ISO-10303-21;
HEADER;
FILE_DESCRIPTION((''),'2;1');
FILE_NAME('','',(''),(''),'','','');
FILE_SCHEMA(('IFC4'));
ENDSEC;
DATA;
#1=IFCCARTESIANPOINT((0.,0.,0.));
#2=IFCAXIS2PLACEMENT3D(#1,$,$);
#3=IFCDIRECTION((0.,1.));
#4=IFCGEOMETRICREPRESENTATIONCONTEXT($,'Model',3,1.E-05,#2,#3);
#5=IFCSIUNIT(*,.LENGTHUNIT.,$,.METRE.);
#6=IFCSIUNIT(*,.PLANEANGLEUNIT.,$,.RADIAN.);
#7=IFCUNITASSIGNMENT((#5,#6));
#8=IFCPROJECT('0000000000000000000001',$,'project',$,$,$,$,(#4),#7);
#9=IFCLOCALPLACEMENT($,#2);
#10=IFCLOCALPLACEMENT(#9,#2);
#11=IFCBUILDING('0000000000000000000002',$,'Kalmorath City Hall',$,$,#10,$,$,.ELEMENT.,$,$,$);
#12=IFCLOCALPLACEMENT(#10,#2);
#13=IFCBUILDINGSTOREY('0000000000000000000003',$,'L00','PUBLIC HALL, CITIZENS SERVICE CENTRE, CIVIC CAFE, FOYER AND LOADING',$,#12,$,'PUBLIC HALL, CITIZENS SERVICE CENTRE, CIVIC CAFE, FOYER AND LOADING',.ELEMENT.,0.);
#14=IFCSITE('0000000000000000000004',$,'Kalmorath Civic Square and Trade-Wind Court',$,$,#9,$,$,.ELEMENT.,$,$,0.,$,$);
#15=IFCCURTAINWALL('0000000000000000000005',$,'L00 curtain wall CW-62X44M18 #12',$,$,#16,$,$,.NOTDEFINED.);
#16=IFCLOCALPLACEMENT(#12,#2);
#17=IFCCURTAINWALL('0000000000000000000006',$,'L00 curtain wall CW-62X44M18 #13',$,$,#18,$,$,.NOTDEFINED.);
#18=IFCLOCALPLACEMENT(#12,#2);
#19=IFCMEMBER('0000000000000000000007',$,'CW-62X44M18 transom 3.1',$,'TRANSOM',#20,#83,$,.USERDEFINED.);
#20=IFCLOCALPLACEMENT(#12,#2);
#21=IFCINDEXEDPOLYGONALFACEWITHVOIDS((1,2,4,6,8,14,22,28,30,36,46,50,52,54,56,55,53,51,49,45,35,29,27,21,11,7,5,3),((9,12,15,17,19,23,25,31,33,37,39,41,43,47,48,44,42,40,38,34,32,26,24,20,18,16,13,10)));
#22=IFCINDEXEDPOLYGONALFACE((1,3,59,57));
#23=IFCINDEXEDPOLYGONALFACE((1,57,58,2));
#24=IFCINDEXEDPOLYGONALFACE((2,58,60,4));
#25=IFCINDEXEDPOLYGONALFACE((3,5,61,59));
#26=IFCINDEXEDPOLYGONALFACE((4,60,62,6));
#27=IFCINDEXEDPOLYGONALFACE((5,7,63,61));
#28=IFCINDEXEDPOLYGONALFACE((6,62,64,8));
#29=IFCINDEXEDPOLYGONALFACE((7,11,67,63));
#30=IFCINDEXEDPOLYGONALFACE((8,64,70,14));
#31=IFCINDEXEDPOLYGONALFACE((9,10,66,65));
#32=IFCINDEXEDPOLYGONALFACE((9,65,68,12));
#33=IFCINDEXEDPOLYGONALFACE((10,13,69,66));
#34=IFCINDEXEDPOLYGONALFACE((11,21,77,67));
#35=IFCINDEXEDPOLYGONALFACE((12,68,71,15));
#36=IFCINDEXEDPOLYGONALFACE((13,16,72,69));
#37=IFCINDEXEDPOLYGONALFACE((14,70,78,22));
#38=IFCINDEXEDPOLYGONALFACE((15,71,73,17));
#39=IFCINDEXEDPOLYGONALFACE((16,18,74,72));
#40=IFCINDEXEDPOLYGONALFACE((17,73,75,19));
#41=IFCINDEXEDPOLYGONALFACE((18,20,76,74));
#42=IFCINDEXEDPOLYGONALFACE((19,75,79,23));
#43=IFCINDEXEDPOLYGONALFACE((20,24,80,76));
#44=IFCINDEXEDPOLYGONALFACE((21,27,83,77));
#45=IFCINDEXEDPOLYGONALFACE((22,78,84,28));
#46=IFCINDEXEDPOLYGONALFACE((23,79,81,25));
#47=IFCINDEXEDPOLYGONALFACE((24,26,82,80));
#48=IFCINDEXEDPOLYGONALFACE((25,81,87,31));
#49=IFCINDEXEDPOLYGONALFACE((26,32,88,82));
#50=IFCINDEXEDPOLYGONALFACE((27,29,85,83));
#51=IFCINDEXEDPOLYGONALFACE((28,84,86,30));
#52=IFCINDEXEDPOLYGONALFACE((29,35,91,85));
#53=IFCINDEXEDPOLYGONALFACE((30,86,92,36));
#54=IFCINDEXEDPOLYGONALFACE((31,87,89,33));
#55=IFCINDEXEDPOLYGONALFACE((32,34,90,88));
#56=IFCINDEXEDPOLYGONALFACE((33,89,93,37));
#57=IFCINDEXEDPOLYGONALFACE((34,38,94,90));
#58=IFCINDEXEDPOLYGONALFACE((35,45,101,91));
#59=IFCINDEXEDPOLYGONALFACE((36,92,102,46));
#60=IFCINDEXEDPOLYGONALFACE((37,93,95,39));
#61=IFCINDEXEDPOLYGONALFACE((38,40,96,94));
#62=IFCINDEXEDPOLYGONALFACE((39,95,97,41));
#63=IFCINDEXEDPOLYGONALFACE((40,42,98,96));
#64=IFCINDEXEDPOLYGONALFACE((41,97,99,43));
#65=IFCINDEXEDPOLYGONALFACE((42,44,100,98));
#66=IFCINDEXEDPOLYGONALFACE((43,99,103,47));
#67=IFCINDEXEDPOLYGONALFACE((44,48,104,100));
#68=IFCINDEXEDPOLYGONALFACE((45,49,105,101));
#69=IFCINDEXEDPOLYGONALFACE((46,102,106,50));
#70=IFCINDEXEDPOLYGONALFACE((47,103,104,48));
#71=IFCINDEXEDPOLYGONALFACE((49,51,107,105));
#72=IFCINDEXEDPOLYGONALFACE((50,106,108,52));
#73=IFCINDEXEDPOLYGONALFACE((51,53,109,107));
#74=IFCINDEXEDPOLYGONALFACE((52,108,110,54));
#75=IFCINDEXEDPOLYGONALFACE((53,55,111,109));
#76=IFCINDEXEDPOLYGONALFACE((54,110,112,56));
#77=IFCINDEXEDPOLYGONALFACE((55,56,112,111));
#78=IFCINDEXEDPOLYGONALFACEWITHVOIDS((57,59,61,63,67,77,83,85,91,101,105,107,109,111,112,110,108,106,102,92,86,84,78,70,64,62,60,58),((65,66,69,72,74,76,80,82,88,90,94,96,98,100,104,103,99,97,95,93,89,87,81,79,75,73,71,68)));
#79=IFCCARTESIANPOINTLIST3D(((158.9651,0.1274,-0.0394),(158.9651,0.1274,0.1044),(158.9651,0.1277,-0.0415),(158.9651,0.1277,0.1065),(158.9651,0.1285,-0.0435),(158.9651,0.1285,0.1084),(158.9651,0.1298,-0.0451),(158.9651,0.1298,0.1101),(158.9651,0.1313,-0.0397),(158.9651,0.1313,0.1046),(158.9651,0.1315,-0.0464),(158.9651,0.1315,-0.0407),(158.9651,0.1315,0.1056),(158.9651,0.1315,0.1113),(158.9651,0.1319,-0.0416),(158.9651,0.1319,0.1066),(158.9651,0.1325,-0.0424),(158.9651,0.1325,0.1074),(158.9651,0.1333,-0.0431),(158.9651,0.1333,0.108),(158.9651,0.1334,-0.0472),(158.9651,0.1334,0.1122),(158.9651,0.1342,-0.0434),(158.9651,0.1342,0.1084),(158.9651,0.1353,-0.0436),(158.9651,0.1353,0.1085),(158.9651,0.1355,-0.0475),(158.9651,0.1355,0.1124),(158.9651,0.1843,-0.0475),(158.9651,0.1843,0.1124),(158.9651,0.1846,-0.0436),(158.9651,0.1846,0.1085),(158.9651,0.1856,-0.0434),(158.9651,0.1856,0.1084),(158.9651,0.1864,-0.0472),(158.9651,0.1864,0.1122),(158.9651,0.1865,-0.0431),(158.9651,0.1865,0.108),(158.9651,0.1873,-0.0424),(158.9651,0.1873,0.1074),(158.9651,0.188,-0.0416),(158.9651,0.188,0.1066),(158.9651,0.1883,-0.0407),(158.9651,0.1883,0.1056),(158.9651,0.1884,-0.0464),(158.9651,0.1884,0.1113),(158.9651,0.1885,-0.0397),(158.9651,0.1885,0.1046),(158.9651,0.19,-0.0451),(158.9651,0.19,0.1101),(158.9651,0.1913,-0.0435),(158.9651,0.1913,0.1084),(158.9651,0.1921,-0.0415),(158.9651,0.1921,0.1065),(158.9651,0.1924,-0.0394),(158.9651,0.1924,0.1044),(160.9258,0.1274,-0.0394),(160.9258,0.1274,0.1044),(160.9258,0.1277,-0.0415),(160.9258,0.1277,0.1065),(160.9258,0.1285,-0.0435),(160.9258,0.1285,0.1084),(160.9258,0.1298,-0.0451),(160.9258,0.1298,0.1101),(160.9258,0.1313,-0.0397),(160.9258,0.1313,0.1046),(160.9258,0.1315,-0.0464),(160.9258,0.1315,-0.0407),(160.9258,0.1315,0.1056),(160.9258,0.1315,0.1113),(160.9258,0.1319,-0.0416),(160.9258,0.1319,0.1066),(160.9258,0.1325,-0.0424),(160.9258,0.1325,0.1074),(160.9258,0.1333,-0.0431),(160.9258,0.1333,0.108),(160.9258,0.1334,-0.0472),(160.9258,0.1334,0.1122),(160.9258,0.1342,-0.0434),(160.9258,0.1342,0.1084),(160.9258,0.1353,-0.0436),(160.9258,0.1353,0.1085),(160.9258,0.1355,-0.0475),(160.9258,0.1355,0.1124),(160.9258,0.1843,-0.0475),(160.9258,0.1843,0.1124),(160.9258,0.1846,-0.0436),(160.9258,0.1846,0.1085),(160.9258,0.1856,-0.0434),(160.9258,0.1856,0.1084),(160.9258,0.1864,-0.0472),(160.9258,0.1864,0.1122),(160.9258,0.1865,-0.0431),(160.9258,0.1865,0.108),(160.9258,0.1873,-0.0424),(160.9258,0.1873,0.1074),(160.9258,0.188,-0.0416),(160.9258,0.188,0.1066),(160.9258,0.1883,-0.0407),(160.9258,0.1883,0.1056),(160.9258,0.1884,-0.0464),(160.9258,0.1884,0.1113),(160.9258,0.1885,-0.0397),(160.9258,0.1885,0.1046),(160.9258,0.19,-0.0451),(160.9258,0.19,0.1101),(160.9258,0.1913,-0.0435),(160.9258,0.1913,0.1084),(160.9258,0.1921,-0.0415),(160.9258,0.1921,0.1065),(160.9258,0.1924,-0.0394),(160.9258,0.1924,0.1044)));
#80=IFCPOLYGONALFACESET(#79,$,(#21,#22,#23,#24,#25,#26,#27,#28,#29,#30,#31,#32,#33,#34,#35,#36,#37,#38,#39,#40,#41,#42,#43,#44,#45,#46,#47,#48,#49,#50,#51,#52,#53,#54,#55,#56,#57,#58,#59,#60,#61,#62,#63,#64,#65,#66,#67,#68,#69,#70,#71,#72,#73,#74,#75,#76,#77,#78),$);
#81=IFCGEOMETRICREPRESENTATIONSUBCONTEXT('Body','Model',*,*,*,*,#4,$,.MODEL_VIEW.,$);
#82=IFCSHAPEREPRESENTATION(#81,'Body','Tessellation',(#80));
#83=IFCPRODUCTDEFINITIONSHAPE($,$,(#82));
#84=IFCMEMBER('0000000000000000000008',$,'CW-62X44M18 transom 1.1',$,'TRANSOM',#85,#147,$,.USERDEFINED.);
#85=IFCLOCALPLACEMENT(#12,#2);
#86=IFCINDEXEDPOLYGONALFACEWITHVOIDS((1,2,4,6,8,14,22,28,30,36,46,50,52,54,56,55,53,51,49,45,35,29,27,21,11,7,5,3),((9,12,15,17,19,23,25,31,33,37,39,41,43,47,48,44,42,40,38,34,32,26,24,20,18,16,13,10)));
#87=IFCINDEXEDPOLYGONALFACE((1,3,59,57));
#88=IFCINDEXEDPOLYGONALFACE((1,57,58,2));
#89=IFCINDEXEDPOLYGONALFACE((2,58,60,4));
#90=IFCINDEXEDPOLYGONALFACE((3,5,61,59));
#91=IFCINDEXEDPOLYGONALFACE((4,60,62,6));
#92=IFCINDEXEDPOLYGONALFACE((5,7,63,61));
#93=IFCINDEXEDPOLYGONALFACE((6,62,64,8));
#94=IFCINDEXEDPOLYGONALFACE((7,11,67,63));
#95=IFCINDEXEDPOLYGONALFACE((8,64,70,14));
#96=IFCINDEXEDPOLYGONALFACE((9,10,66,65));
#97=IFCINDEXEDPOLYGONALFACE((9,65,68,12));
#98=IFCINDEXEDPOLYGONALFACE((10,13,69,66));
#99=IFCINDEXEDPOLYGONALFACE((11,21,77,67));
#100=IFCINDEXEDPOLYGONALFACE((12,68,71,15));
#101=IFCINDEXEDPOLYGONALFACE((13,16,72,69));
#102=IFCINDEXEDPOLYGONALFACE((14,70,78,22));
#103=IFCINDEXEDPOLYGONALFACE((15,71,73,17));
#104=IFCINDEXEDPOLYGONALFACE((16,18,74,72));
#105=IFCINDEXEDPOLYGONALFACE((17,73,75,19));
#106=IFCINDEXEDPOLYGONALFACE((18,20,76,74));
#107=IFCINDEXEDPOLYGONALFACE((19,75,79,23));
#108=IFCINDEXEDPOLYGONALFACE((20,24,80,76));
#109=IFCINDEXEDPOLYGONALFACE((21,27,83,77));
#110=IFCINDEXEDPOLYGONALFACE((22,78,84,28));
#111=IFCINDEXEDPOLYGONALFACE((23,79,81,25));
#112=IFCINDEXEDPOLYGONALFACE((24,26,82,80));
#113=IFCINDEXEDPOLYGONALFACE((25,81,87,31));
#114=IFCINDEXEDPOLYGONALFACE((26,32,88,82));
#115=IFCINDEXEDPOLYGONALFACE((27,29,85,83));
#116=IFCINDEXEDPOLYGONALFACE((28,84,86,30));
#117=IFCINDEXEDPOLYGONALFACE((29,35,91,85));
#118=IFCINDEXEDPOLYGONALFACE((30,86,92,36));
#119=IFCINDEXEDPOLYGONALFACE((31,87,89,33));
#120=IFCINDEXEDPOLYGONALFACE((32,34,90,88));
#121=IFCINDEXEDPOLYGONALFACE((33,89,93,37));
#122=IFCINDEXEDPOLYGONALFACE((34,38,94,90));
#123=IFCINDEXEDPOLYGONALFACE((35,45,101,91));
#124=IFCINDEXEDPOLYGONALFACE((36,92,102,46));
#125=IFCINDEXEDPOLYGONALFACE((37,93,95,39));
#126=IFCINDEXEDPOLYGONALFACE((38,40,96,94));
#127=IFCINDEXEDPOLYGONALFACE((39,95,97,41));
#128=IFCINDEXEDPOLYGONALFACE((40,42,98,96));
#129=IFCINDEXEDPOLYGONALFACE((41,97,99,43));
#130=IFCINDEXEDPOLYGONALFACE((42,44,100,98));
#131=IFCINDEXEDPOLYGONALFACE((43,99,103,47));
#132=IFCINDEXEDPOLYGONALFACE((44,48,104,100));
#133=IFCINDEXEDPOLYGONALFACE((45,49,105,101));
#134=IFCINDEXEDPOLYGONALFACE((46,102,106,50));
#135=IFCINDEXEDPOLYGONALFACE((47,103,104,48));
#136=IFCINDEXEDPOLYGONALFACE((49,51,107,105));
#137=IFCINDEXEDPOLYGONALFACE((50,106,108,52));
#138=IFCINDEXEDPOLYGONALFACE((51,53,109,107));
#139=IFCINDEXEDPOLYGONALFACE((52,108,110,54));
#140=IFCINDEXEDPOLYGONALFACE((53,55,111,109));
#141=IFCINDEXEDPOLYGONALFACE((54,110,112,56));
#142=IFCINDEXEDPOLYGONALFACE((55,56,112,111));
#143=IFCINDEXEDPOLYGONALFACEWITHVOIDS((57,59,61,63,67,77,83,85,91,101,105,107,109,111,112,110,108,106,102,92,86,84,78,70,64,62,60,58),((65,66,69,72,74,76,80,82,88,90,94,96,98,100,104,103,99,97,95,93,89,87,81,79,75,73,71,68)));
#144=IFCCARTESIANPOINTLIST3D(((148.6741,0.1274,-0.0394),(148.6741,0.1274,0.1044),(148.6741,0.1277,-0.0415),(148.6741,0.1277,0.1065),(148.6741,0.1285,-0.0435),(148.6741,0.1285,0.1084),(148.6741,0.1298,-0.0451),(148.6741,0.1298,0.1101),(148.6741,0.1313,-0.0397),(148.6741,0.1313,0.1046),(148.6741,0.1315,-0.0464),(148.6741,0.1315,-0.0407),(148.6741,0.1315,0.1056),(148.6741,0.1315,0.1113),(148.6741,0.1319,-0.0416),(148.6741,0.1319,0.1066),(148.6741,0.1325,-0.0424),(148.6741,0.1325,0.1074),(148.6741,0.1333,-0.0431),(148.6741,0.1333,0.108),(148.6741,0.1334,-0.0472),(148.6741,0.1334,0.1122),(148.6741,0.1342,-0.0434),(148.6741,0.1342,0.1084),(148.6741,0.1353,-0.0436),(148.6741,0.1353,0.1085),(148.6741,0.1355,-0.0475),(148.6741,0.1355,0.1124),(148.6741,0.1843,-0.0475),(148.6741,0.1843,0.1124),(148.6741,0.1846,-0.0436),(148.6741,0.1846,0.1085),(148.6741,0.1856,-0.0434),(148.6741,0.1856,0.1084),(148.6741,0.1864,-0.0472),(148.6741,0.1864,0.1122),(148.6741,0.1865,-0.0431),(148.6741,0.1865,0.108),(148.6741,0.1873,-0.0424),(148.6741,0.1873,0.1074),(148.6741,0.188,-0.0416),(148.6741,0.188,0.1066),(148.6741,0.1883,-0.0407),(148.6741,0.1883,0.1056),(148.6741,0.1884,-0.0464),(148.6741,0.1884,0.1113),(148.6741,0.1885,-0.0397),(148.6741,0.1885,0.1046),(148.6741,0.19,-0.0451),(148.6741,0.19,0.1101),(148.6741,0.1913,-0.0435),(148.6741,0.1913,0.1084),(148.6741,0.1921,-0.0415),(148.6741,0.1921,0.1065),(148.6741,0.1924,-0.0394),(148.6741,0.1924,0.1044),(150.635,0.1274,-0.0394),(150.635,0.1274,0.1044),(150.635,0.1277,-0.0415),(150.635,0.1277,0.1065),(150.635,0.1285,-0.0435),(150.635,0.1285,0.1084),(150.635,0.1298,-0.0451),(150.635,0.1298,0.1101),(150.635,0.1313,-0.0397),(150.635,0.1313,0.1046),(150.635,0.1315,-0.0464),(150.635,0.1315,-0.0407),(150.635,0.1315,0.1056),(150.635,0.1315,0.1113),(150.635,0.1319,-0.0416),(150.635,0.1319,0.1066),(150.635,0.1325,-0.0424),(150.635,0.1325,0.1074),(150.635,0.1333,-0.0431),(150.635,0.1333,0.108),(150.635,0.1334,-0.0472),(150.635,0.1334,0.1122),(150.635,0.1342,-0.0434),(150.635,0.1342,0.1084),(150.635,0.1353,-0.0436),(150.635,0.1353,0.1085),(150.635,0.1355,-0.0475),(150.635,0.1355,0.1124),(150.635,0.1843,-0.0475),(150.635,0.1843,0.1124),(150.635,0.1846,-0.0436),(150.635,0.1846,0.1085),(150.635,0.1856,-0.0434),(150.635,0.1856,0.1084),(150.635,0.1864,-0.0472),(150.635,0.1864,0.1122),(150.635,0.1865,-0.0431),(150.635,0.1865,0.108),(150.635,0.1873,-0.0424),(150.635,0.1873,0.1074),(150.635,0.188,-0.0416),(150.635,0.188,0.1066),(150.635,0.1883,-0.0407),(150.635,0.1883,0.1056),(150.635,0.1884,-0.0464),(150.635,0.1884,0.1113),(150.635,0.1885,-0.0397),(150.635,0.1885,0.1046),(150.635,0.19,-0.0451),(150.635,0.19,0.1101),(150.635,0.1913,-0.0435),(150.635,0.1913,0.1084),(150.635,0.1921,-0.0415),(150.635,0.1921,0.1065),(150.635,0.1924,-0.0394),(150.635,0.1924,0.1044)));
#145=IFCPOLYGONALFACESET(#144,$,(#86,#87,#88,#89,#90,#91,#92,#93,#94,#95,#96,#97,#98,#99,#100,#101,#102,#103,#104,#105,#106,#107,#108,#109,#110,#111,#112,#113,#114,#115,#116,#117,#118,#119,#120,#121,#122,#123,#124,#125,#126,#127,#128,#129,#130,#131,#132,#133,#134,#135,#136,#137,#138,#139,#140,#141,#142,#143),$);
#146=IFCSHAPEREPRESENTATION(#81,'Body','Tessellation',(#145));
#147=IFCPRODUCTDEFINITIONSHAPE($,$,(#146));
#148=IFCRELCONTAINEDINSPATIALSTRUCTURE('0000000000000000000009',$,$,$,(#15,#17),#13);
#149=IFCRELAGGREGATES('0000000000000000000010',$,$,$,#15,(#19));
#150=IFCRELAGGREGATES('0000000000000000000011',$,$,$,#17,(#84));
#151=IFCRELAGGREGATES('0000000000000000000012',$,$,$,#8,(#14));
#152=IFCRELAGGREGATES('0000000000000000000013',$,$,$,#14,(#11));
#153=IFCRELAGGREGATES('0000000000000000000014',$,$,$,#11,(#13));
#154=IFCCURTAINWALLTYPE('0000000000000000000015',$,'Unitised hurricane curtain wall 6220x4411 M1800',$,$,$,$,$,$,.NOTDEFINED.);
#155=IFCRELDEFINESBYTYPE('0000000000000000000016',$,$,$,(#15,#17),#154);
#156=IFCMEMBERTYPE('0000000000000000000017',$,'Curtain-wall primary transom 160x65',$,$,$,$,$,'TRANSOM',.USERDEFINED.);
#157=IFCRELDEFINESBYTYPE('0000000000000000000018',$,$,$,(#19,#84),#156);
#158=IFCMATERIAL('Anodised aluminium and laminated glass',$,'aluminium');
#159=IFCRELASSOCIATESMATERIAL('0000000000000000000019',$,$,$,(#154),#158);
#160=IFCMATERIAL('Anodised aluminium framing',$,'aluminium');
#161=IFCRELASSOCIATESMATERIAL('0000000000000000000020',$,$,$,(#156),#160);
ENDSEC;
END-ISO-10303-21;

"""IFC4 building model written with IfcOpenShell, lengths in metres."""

from ifc_helpers import new_model, si_unit, direction, frame, origin, origin_2d, place, context, subcontext, project, spatial, hollow_rectangle, extrude, material, material_profile, profile_set, type_object, element, aggregate, save


model = new_model("IFC4")

# Units and contexts
model_context = context("Model", 3, precision=1e-05, world=origin(), true_north=direction((0.0, 1.0)))
body_context = subcontext(model_context, "Body", "Model", "MODEL_VIEW")
ifc_project = project(units=[si_unit("LENGTHUNIT", "METRE"), si_unit("PLANEANGLEUNIT", "RADIAN")], contexts=[model_context])

# Site, building, storey
site_placement = place(None, origin())
site = spatial("IfcSite", under=ifc_project, at=site_placement, Name="Kalmorath Civic Square and Trade-Wind Court", CompositionType="ELEMENT", RefElevation=0.0)
building_placement = place(site_placement, origin())
building = spatial("IfcBuilding", under=site, at=building_placement, Name="Kalmorath City Hall", CompositionType="ELEMENT")
storey_placement = place(building_placement, origin())
storey = spatial("IfcBuildingStorey", under=building, at=storey_placement, Name="L00", Description="PUBLIC HALL, CITIZENS SERVICE CENTRE, CIVIC CAFE, FOYER AND LOADING", LongName="PUBLIC HALL, CITIZENS SERVICE CENTRE, CIVIC CAFE, FOYER AND LOADING", CompositionType="ELEMENT", Elevation=0.0)

# Curtain wall
ifc_material_1 = material(Name="Anodised aluminium and laminated glass", Category="aluminium")
curtain_wall_type = type_object("IfcCurtainWallType", Name="Unitised hurricane curtain wall 6220x4411 M1800", PredefinedType="NOTDEFINED", material=ifc_material_1)
curtain_wall_1_placement = place(storey_placement, origin())
curtain_wall_1 = element("IfcCurtainWall", 1, at=curtain_wall_1_placement, inside=storey, type_object=curtain_wall_type, Name="L00 curtain wall CW-62X44M18 #12", PredefinedType="NOTDEFINED")

# Curtain wall
curtain_wall_2_placement = place(storey_placement, origin())
curtain_wall_2 = element("IfcCurtainWall", 2, at=curtain_wall_2_placement, inside=storey, type_object=curtain_wall_type, Name="L00 curtain wall CW-62X44M18 #13", PredefinedType="NOTDEFINED")

# Members
ifc_material_2 = material(Name="Anodised aluminium framing", Category="aluminium")
ifc_material_profile_1 = material_profile(ifc_material_2, hollow_rectangle(XDim=0.0649, YDim=0.1599, WallThickness=0.0039, InnerFilletRadius=0.0039, OuterFilletRadius=0.0081, at=origin_2d()), Name="ALU-TRN-160X65X4")
ifc_profile_set_1 = profile_set([ifc_material_profile_1], Name="Anodised aluminium framing")
member_type_1 = type_object("IfcMemberType", Name="Curtain-wall primary transom 160x65", ElementType="TRANSOM", PredefinedType="USERDEFINED", material=ifc_profile_set_1)
member_1_placement = place(storey_placement, frame((160.9258, 0.1599, 0.0325), z_axis=(-1.0, 0.0, 0.0), x_axis=(0.0, -1.0, 0.0)))
member_1 = element("IfcMember", 3, at=member_1_placement, type_object=member_type_1, Name="CW-62X44M18 transom 3.1", ObjectType="TRANSOM", PredefinedType="USERDEFINED", context=body_context, shape_type="SweptSolid", body=[
    extrude(hollow_rectangle(XDim=0.0649, YDim=0.1599, WallThickness=0.0039, InnerFilletRadius=0.0039, OuterFilletRadius=0.0081, at=origin_2d()), origin(), (0.0, 0.0, 1.0), 1.9607),
])
member_2_placement = place(storey_placement, frame((150.635, 0.1599, 0.0325), z_axis=(-1.0, 0.0, 0.0), x_axis=(0.0, -1.0, 0.0)))
member_2 = element("IfcMember", 4, at=member_2_placement, type_object=member_type_1, Name="CW-62X44M18 transom 1.1", ObjectType="TRANSOM", PredefinedType="USERDEFINED", context=body_context, shape_type="SweptSolid", body=[
    extrude(hollow_rectangle(XDim=0.0649, YDim=0.1599, WallThickness=0.0039, InnerFilletRadius=0.0039, OuterFilletRadius=0.0081, at=origin_2d()), origin(), (0.0, 0.0, 1.0), 1.9609),
])

aggregate(curtain_wall_1, [member_1])
aggregate(curtain_wall_2, [member_2])

save(model, "model.ifc")
